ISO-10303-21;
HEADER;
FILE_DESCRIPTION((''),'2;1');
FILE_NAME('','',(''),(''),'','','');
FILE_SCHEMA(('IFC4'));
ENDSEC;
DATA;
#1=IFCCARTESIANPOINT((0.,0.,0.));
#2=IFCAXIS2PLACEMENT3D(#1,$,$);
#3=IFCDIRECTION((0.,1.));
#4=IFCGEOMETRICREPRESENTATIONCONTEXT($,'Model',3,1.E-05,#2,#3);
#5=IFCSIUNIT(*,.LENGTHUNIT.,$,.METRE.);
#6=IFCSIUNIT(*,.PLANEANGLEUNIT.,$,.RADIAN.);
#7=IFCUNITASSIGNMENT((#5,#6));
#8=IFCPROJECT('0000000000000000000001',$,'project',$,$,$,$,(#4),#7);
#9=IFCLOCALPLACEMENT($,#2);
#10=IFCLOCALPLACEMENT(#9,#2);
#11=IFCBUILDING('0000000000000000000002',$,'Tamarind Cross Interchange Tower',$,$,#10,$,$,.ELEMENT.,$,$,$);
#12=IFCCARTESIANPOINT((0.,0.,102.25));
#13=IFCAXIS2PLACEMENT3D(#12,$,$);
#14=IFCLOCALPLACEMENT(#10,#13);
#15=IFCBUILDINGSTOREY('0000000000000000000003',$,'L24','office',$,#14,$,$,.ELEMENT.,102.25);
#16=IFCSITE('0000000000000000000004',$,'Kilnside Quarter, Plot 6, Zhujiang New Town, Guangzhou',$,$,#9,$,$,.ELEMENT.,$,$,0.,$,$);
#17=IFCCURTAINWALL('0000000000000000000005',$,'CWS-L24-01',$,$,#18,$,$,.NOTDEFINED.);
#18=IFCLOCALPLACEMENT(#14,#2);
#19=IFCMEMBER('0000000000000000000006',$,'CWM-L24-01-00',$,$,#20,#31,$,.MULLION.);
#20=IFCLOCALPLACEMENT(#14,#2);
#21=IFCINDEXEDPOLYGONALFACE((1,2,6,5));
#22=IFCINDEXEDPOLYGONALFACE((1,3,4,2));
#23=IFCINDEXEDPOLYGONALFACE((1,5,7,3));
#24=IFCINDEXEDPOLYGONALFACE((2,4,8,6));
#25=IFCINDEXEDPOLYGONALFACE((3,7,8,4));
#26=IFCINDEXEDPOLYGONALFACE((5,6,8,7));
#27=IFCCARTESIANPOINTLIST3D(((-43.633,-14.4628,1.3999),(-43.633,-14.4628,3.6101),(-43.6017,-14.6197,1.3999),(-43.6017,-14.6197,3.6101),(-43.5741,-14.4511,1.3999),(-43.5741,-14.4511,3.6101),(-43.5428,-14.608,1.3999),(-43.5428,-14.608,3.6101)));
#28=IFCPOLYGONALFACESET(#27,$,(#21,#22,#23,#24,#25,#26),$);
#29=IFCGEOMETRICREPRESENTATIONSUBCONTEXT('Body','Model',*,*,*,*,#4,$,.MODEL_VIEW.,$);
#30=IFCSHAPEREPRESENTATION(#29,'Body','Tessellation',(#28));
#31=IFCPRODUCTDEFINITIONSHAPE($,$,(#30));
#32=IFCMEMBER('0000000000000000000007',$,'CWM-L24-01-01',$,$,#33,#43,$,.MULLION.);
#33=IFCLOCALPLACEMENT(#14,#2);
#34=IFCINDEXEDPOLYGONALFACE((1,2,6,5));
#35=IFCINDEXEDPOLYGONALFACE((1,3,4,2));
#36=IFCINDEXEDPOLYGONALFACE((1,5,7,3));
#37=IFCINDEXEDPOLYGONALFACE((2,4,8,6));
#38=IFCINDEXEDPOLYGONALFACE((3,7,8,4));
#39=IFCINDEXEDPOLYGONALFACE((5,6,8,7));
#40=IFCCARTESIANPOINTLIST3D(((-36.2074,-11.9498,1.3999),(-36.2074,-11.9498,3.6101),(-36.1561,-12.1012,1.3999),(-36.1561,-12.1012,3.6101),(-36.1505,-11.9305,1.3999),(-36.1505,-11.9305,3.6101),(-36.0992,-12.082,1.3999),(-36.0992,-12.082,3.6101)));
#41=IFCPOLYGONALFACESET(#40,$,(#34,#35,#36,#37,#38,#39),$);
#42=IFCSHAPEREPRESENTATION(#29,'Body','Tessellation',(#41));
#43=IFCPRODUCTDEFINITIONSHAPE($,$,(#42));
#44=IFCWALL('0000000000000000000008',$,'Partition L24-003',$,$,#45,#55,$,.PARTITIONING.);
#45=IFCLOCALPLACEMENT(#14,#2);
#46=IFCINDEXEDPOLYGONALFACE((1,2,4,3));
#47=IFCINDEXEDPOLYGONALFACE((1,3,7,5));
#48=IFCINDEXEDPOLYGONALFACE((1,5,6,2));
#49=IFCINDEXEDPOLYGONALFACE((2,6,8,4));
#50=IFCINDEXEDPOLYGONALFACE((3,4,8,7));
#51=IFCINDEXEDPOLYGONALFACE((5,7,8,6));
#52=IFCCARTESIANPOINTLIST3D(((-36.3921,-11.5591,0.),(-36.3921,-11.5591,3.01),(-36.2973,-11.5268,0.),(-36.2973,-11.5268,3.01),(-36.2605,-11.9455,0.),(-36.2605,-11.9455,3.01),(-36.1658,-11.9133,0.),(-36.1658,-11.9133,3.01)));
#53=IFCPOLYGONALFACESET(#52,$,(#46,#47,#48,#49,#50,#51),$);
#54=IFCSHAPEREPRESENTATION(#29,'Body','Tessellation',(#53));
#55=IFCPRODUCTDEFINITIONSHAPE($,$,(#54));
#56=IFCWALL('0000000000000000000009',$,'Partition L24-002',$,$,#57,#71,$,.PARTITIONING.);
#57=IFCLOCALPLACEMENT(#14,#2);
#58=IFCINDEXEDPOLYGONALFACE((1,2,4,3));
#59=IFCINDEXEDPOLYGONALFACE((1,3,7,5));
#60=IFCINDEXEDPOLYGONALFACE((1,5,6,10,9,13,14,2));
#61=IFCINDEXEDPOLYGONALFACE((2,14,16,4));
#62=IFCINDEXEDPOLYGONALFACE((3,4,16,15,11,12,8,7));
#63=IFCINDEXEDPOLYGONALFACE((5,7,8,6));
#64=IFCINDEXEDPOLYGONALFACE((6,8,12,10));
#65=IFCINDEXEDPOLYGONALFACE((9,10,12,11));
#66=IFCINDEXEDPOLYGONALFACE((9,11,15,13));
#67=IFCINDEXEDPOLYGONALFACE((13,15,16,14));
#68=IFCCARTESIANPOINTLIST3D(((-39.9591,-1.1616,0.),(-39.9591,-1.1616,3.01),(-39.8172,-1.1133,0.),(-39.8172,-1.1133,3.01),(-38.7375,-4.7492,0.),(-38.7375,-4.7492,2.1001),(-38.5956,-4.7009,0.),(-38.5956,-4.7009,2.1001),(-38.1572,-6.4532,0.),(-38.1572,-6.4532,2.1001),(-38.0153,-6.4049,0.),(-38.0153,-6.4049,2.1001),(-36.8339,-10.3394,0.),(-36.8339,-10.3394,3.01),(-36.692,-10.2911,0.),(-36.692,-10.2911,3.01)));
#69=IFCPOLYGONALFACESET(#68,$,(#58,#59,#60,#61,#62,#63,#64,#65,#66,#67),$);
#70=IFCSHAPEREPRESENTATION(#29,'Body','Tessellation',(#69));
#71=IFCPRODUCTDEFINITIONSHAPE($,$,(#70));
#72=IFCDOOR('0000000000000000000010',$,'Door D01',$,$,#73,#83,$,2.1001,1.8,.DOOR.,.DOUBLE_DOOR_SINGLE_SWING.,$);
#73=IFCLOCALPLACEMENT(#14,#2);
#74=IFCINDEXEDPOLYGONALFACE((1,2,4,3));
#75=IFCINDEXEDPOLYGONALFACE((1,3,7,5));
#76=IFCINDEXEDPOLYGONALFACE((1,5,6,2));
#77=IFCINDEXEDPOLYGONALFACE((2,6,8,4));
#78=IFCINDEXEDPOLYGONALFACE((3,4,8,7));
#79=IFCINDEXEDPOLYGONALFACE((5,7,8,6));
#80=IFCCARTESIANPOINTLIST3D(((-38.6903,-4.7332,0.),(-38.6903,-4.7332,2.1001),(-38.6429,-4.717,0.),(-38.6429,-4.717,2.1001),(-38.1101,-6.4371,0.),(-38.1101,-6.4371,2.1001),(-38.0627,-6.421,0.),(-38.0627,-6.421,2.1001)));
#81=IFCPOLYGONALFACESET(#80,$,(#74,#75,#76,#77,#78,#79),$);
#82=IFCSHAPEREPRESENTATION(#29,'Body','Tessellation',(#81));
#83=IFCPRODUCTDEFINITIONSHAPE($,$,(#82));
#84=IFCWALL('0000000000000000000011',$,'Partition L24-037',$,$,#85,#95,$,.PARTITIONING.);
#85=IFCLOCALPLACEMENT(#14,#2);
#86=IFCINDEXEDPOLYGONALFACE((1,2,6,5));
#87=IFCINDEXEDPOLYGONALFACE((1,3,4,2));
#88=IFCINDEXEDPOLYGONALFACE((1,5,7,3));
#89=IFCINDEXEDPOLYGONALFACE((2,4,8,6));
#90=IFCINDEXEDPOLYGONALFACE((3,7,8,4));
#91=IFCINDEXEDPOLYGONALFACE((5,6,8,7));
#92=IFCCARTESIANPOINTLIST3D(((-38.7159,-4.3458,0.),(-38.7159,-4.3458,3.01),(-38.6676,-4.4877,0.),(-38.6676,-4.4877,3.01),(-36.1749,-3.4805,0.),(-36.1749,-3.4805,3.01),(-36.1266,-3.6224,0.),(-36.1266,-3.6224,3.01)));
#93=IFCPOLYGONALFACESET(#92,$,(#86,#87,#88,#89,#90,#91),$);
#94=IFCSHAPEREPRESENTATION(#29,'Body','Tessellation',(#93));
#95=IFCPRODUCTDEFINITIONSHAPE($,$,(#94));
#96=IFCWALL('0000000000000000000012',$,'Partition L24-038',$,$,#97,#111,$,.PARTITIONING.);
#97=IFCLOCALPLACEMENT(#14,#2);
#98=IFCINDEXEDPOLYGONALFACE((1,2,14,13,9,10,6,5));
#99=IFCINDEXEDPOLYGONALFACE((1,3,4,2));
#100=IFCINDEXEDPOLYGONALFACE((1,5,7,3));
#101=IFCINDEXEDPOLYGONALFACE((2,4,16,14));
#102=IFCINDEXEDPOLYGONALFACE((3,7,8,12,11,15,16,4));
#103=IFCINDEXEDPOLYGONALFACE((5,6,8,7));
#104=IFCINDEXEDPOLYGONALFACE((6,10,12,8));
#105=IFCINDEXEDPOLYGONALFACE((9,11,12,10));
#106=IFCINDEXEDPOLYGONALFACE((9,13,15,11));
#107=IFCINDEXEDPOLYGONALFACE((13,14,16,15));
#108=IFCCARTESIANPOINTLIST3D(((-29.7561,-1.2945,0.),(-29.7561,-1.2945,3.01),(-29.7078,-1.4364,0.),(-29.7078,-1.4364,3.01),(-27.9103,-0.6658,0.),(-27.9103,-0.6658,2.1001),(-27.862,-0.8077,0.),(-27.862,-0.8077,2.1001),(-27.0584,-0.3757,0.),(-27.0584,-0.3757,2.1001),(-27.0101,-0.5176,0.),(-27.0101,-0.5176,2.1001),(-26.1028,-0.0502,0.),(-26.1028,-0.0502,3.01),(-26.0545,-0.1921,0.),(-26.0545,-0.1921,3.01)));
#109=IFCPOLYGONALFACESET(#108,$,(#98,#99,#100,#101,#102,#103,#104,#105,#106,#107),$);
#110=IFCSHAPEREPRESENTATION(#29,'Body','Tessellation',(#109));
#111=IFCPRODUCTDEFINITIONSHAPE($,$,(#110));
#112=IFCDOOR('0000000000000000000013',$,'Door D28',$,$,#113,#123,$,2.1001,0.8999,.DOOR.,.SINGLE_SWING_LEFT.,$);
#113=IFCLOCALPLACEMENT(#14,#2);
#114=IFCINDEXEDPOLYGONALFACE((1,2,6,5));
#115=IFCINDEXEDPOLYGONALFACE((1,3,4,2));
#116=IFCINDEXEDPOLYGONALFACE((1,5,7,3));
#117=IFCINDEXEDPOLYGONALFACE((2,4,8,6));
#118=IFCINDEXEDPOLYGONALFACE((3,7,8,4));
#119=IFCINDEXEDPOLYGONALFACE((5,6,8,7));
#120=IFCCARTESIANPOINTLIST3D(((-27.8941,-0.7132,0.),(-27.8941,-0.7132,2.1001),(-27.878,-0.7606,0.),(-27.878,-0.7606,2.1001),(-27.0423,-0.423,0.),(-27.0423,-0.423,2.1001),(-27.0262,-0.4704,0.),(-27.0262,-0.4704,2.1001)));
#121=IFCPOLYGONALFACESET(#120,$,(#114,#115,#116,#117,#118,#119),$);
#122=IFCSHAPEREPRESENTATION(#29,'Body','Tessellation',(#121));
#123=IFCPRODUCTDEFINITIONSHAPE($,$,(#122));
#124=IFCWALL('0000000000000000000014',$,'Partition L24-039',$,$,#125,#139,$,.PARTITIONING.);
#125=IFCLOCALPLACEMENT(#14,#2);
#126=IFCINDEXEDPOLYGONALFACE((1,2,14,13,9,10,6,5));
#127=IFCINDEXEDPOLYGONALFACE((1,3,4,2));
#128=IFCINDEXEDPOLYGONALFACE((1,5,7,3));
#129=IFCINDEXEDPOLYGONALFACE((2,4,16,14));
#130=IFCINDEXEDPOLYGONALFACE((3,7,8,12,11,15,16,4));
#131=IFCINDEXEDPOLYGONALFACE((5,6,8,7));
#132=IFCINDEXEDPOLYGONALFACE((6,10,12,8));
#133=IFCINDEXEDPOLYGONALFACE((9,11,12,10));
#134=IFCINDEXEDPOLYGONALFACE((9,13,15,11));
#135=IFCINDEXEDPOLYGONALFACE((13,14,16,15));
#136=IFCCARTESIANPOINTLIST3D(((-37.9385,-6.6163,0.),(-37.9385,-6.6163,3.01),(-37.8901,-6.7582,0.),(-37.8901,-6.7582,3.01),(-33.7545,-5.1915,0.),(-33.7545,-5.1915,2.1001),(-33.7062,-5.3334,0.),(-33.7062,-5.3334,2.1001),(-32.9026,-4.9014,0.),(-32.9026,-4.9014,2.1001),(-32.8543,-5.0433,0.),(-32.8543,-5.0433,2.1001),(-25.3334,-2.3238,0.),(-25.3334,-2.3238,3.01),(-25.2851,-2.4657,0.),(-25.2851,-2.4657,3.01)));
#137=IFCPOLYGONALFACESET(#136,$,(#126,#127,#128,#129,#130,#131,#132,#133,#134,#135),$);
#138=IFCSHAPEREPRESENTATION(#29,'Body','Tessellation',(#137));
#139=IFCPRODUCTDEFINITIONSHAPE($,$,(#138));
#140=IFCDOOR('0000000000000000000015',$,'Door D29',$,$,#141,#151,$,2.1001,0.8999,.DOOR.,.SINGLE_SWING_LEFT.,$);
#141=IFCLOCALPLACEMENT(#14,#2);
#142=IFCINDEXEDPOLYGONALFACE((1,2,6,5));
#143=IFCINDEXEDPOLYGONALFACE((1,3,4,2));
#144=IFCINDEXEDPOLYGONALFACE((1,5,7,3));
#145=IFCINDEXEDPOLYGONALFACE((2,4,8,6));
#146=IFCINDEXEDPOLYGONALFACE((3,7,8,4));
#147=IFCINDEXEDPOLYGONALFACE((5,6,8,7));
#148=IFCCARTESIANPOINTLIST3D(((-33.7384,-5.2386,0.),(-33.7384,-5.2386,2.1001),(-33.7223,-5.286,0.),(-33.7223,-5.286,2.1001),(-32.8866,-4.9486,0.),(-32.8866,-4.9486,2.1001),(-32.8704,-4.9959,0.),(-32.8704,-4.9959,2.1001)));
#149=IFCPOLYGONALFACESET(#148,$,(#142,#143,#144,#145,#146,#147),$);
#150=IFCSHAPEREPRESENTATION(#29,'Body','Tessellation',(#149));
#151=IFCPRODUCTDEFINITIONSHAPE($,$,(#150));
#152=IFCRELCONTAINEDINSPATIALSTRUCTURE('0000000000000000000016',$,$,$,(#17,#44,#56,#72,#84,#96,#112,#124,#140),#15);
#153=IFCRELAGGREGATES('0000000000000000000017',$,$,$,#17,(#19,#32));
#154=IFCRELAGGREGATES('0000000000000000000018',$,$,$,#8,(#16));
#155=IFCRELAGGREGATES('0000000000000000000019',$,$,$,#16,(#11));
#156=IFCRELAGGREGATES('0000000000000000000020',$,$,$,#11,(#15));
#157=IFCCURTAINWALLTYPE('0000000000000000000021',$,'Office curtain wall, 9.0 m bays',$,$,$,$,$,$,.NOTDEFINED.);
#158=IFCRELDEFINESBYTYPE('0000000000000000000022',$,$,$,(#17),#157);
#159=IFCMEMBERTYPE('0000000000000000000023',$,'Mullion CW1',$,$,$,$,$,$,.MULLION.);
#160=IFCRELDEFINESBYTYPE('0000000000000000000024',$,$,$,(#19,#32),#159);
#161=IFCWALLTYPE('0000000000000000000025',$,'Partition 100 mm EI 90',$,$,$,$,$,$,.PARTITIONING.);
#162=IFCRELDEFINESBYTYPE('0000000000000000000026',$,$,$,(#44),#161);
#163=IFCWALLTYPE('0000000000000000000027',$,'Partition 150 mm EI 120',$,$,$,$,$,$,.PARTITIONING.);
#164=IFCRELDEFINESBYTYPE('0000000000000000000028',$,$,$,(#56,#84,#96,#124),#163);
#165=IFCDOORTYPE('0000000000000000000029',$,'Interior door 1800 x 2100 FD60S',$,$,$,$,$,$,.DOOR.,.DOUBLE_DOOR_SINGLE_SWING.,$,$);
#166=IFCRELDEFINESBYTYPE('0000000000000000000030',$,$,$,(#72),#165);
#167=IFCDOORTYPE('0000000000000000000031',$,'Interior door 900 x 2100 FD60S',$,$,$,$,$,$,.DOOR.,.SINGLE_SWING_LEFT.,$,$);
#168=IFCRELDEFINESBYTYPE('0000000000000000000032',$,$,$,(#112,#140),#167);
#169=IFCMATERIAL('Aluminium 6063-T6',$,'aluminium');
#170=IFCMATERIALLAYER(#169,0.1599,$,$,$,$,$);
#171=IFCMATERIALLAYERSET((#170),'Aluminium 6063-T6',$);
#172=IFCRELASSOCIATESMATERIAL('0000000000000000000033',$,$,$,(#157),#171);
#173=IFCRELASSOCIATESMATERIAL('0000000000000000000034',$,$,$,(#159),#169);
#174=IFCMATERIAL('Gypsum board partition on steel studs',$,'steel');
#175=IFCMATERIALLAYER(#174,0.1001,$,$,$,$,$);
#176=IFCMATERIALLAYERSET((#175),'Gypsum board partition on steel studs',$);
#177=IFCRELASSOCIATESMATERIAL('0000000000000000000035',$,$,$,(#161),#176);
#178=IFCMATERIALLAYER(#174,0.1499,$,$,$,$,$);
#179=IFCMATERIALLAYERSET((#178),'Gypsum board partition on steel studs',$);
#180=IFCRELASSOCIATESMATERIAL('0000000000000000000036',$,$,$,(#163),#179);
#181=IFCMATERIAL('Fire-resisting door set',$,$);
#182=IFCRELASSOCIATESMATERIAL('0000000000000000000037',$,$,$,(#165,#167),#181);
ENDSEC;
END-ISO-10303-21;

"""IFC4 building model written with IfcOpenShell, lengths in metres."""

from ifc_helpers import new_model, si_unit, direction, frame, frame_2d, origin, origin_2d, place, context, subcontext, project, spatial, rectangle, extrude, material, layer, layer_set, material_profile, profile_set, type_object, element, fill, aggregate, save


model = new_model("IFC4")

# Units and contexts
model_context = context("Model", 3, precision=1e-05, world=origin(), true_north=direction((0.0, 1.0)))
body_context = subcontext(model_context, "Body", "Model", "MODEL_VIEW")
ifc_project = project(units=[si_unit("LENGTHUNIT", "METRE"), si_unit("PLANEANGLEUNIT", "RADIAN")], contexts=[model_context])

# Site, building, storey
site_placement = place(None, origin())
site = spatial("IfcSite", under=ifc_project, at=site_placement, Name="Kilnside Quarter, Plot 6, Zhujiang New Town, Guangzhou", CompositionType="ELEMENT", RefElevation=0.0)
building_placement = place(site_placement, origin())
building = spatial("IfcBuilding", under=site, at=building_placement, Name="Tamarind Cross Interchange Tower", CompositionType="ELEMENT")
storey_placement = place(building_placement, frame((0.0, 0.0, 102.25)))
storey = spatial("IfcBuildingStorey", under=building, at=storey_placement, Name="L24", Description="office", CompositionType="ELEMENT", Elevation=102.25)

# Shared definitions
ifc_material_1 = material(Name="Aluminium 6063-T6", Category="aluminium")
ifc_layer_1 = layer(ifc_material_1, 0.1599)
ifc_layer_set_1 = layer_set([ifc_layer_1], Name="Aluminium 6063-T6")
curtain_wall_type = type_object("IfcCurtainWallType", Name="Office curtain wall, 9.0 m bays", PredefinedType="NOTDEFINED", material=ifc_layer_set_1)
ifc_material_profile_1 = material_profile(ifc_material_1, rectangle(XDim=0.0601, YDim=0.1599, at=origin_2d()), Name="Mullion CW1")
ifc_profile_set_1 = profile_set([ifc_material_profile_1], Name="Aluminium 6063-T6")
member_type = type_object("IfcMemberType", Name="Mullion CW1", PredefinedType="MULLION", material=ifc_profile_set_1)

# Curtain wall, members
curtain_wall_1_placement = place(storey_placement, origin())
curtain_wall_1 = element("IfcCurtainWall", 1, at=curtain_wall_1_placement, inside=storey, type_object=curtain_wall_type, Name="CWS-L24-01", PredefinedType="NOTDEFINED")
member_1_placement = place(storey_placement, frame((-43.5879, -14.5354, 1.3999), z_axis=(0.0, 0.0, 1.0), x_axis=(0.980739, 0.195324, 0.0)))
member_1 = element("IfcMember", 2, at=member_1_placement, type_object=member_type, Name="CWM-L24-01-00", PredefinedType="MULLION", context=body_context, shape_type="SweptSolid", body=[
    extrude(rectangle(XDim=0.0601, YDim=0.1599, at=origin_2d()), origin(), (0.0, 0.0, 1.0), 2.2102),
])
member_2_placement = place(storey_placement, frame((-36.1533, -12.0159, 1.3999), z_axis=(0.0, 0.0, 1.0), x_axis=(0.947093, 0.320959, 0.0)))
member_2 = element("IfcMember", 3, at=member_2_placement, type_object=member_type, Name="CWM-L24-01-01", PredefinedType="MULLION", context=body_context, shape_type="SweptSolid", body=[
    extrude(rectangle(XDim=0.0601, YDim=0.1599, at=origin_2d()), origin(), (0.0, 0.0, 1.0), 2.2102),
])
aggregate(curtain_wall_1, [member_1, member_2])

# Wall
ifc_material_2 = material(Name="Gypsum board partition on steel studs", Category="steel")
ifc_layer_2 = layer(ifc_material_2, 0.1001)
ifc_layer_set_2 = layer_set([ifc_layer_2], Name="Gypsum board partition on steel studs")
wall_type_1 = type_object("IfcWallType", Name="Partition 100 mm EI 90", PredefinedType="PARTITIONING", material=ifc_layer_set_2)
wall_1_placement = place(storey_placement, frame((-36.3447, -11.543, 0.0), z_axis=(0.0, 0.0, 1.0), x_axis=(0.322321, -0.94663, 0.0)))
element("IfcWall", 4, at=wall_1_placement, inside=storey, type_object=wall_type_1, Name="Partition L24-003", PredefinedType="PARTITIONING", context=body_context, shape_type="SweptSolid", body=[
    extrude(rectangle(XDim=0.4082, YDim=0.1001, at=frame_2d((0.2041, 0.0))), origin(), (0.0, 0.0, 1.0), 3.01),
])

# Wall, opening, door
ifc_layer_3 = layer(ifc_material_2, 0.1499)
ifc_layer_set_3 = layer_set([ifc_layer_3], Name="Gypsum board partition on steel studs")
wall_type_2 = type_object("IfcWallType", Name="Partition 150 mm EI 120", PredefinedType="PARTITIONING", material=ifc_layer_set_3)
wall_2_placement = place(storey_placement, frame((-39.8882, -1.1375, 0.0), z_axis=(0.0, 0.0, 1.0), x_axis=(0.322348, -0.946621, 0.0)))
wall_2 = element("IfcWall", 5, at=wall_2_placement, inside=storey, type_object=wall_type_2, Name="Partition L24-002", PredefinedType="PARTITIONING", context=body_context, shape_type="SweptSolid", body=[
    extrude(rectangle(XDim=9.6953, YDim=0.1499, at=frame_2d((4.8477, 0.0))), origin(), (0.0, 0.0, 1.0), 3.01),
])
opening_1_placement = place(wall_2_placement, frame((3.79, 0.0, 0.0)))
opening_1 = element("IfcOpeningElement", 6, at=opening_1_placement, cuts=wall_2, PredefinedType="OPENING", context=body_context, shape_type="SweptSolid", body=[
    extrude(rectangle(XDim=1.8, YDim=2.1001, at=frame_2d((0.8999, 1.05))), frame((0.0, 0.085, 0.0), z_axis=(0.0, -1.0, 0.0), x_axis=(1.0, 0.0, 0.0)), (0.0, 0.0, 1.0), 0.1699),
])
ifc_material_3 = material(Name="Fire-resisting door set")
door_type_1 = type_object("IfcDoorType", Name="Interior door 1800 x 2100 FD60S", OperationType="DOUBLE_DOOR_SINGLE_SWING", PredefinedType="DOOR", material=ifc_material_3)
door_1_placement = place(opening_1_placement, origin())
door_1 = element("IfcDoor", 7, at=door_1_placement, inside=storey, type_object=door_type_1, Name="Door D01", OperationType="DOUBLE_DOOR_SINGLE_SWING", OverallHeight=2.1001, OverallWidth=1.8, PredefinedType="DOOR", context=body_context, shape_type="SweptSolid", body=[
    extrude(rectangle(XDim=1.8, YDim=2.1001, at=frame_2d((0.8999, 1.05))), frame((0.0, 0.0249, 0.0), z_axis=(0.0, -1.0, 0.0), x_axis=(1.0, 0.0, 0.0)), (0.0, 0.0, 1.0), 0.05),
])
fill(opening_1, door_1)

# Wall
wall_3_placement = place(storey_placement, frame((-38.6919, -4.4167, 0.0), z_axis=(0.0, 0.0, 1.0), x_axis=(0.946626, 0.322333, 0.0)))
element("IfcWall", 8, at=wall_3_placement, inside=storey, type_object=wall_type_2, Name="Partition L24-037", PredefinedType="PARTITIONING", context=body_context, shape_type="SweptSolid", body=[
    extrude(rectangle(XDim=2.6843, YDim=0.1499, at=frame_2d((1.3423, 0.0))), origin(), (0.0, 0.0, 1.0), 3.01),
])

# Walls, openings, doors
wall_4_placement = place(storey_placement, frame((-29.7319, -1.3655, 0.0), z_axis=(0.0, 0.0, 1.0), x_axis=(0.946594, 0.322427, 0.0)))
wall_4 = element("IfcWall", 9, at=wall_4_placement, inside=storey, type_object=wall_type_2, Name="Partition L24-038", PredefinedType="PARTITIONING", context=body_context, shape_type="SweptSolid", body=[
    extrude(rectangle(XDim=3.8594, YDim=0.1499, at=frame_2d((1.9297, 0.0))), origin(), (0.0, 0.0, 1.0), 3.01),
])
opening_2_placement = place(wall_4_placement, frame((1.95, 0.0, 0.0)))
opening_2 = element("IfcOpeningElement", 10, at=opening_2_placement, cuts=wall_4, PredefinedType="OPENING", context=body_context, shape_type="SweptSolid", body=[
    extrude(rectangle(XDim=0.8999, YDim=2.1001, at=frame_2d((0.45, 1.05))), frame((0.0, 0.085, 0.0), z_axis=(0.0, -1.0, 0.0), x_axis=(1.0, 0.0, 0.0)), (0.0, 0.0, 1.0), 0.1699),
])
door_type_2 = type_object("IfcDoorType", Name="Interior door 900 x 2100 FD60S", OperationType="SINGLE_SWING_LEFT", PredefinedType="DOOR", material=ifc_material_3)
door_2_placement = place(opening_2_placement, origin())
door_2 = element("IfcDoor", 11, at=door_2_placement, inside=storey, type_object=door_type_2, Name="Door D28", OperationType="SINGLE_SWING_LEFT", OverallHeight=2.1001, OverallWidth=0.8999, PredefinedType="DOOR", context=body_context, shape_type="SweptSolid", body=[
    extrude(rectangle(XDim=0.8999, YDim=2.1001, at=frame_2d((0.45, 1.05))), frame((0.0, 0.0249, 0.0), z_axis=(0.0, -1.0, 0.0), x_axis=(1.0, 0.0, 0.0)), (0.0, 0.0, 1.0), 0.05),
])
fill(opening_2, door_2)
wall_5_placement = place(storey_placement, frame((-37.9143, -6.6873, 0.0), z_axis=(0.0, 0.0, 1.0), x_axis=(0.946617, 0.32236, 0.0)))
wall_5 = element("IfcWall", 12, at=wall_5_placement, inside=storey, type_object=wall_type_2, Name="Partition L24-039", PredefinedType="PARTITIONING", context=body_context, shape_type="SweptSolid", body=[
    extrude(rectangle(XDim=13.3159, YDim=0.1499, at=frame_2d((6.658, 0.0))), origin(), (0.0, 0.0, 1.0), 3.01),
])
opening_3_placement = place(wall_5_placement, frame((4.4199, 0.0, 0.0)))
opening_3 = element("IfcOpeningElement", 13, at=opening_3_placement, cuts=wall_5, PredefinedType="OPENING", context=body_context, shape_type="SweptSolid", body=[
    extrude(rectangle(XDim=0.8999, YDim=2.1001, at=frame_2d((0.45, 1.05))), frame((0.0, 0.085, 0.0), z_axis=(0.0, -1.0, 0.0), x_axis=(1.0, 0.0, 0.0)), (0.0, 0.0, 1.0), 0.1699),
])
door_3_placement = place(opening_3_placement, frame((0.8999, 0.0, 0.0), z_axis=(0.0, 0.0, 1.0), x_axis=(-1.0, 0.0, 0.0)))
door_3 = element("IfcDoor", 14, at=door_3_placement, inside=storey, type_object=door_type_2, Name="Door D29", OperationType="SINGLE_SWING_LEFT", OverallHeight=2.1001, OverallWidth=0.8999, PredefinedType="DOOR", context=body_context, shape_type="SweptSolid", body=[
    extrude(rectangle(XDim=0.8999, YDim=2.1001, at=frame_2d((0.45, 1.05))), frame((0.0, 0.0249, 0.0), z_axis=(0.0, -1.0, 0.0), x_axis=(1.0, 0.0, 0.0)), (0.0, 0.0, 1.0), 0.05),
])
fill(opening_3, door_3)

save(model, "model.ifc")
